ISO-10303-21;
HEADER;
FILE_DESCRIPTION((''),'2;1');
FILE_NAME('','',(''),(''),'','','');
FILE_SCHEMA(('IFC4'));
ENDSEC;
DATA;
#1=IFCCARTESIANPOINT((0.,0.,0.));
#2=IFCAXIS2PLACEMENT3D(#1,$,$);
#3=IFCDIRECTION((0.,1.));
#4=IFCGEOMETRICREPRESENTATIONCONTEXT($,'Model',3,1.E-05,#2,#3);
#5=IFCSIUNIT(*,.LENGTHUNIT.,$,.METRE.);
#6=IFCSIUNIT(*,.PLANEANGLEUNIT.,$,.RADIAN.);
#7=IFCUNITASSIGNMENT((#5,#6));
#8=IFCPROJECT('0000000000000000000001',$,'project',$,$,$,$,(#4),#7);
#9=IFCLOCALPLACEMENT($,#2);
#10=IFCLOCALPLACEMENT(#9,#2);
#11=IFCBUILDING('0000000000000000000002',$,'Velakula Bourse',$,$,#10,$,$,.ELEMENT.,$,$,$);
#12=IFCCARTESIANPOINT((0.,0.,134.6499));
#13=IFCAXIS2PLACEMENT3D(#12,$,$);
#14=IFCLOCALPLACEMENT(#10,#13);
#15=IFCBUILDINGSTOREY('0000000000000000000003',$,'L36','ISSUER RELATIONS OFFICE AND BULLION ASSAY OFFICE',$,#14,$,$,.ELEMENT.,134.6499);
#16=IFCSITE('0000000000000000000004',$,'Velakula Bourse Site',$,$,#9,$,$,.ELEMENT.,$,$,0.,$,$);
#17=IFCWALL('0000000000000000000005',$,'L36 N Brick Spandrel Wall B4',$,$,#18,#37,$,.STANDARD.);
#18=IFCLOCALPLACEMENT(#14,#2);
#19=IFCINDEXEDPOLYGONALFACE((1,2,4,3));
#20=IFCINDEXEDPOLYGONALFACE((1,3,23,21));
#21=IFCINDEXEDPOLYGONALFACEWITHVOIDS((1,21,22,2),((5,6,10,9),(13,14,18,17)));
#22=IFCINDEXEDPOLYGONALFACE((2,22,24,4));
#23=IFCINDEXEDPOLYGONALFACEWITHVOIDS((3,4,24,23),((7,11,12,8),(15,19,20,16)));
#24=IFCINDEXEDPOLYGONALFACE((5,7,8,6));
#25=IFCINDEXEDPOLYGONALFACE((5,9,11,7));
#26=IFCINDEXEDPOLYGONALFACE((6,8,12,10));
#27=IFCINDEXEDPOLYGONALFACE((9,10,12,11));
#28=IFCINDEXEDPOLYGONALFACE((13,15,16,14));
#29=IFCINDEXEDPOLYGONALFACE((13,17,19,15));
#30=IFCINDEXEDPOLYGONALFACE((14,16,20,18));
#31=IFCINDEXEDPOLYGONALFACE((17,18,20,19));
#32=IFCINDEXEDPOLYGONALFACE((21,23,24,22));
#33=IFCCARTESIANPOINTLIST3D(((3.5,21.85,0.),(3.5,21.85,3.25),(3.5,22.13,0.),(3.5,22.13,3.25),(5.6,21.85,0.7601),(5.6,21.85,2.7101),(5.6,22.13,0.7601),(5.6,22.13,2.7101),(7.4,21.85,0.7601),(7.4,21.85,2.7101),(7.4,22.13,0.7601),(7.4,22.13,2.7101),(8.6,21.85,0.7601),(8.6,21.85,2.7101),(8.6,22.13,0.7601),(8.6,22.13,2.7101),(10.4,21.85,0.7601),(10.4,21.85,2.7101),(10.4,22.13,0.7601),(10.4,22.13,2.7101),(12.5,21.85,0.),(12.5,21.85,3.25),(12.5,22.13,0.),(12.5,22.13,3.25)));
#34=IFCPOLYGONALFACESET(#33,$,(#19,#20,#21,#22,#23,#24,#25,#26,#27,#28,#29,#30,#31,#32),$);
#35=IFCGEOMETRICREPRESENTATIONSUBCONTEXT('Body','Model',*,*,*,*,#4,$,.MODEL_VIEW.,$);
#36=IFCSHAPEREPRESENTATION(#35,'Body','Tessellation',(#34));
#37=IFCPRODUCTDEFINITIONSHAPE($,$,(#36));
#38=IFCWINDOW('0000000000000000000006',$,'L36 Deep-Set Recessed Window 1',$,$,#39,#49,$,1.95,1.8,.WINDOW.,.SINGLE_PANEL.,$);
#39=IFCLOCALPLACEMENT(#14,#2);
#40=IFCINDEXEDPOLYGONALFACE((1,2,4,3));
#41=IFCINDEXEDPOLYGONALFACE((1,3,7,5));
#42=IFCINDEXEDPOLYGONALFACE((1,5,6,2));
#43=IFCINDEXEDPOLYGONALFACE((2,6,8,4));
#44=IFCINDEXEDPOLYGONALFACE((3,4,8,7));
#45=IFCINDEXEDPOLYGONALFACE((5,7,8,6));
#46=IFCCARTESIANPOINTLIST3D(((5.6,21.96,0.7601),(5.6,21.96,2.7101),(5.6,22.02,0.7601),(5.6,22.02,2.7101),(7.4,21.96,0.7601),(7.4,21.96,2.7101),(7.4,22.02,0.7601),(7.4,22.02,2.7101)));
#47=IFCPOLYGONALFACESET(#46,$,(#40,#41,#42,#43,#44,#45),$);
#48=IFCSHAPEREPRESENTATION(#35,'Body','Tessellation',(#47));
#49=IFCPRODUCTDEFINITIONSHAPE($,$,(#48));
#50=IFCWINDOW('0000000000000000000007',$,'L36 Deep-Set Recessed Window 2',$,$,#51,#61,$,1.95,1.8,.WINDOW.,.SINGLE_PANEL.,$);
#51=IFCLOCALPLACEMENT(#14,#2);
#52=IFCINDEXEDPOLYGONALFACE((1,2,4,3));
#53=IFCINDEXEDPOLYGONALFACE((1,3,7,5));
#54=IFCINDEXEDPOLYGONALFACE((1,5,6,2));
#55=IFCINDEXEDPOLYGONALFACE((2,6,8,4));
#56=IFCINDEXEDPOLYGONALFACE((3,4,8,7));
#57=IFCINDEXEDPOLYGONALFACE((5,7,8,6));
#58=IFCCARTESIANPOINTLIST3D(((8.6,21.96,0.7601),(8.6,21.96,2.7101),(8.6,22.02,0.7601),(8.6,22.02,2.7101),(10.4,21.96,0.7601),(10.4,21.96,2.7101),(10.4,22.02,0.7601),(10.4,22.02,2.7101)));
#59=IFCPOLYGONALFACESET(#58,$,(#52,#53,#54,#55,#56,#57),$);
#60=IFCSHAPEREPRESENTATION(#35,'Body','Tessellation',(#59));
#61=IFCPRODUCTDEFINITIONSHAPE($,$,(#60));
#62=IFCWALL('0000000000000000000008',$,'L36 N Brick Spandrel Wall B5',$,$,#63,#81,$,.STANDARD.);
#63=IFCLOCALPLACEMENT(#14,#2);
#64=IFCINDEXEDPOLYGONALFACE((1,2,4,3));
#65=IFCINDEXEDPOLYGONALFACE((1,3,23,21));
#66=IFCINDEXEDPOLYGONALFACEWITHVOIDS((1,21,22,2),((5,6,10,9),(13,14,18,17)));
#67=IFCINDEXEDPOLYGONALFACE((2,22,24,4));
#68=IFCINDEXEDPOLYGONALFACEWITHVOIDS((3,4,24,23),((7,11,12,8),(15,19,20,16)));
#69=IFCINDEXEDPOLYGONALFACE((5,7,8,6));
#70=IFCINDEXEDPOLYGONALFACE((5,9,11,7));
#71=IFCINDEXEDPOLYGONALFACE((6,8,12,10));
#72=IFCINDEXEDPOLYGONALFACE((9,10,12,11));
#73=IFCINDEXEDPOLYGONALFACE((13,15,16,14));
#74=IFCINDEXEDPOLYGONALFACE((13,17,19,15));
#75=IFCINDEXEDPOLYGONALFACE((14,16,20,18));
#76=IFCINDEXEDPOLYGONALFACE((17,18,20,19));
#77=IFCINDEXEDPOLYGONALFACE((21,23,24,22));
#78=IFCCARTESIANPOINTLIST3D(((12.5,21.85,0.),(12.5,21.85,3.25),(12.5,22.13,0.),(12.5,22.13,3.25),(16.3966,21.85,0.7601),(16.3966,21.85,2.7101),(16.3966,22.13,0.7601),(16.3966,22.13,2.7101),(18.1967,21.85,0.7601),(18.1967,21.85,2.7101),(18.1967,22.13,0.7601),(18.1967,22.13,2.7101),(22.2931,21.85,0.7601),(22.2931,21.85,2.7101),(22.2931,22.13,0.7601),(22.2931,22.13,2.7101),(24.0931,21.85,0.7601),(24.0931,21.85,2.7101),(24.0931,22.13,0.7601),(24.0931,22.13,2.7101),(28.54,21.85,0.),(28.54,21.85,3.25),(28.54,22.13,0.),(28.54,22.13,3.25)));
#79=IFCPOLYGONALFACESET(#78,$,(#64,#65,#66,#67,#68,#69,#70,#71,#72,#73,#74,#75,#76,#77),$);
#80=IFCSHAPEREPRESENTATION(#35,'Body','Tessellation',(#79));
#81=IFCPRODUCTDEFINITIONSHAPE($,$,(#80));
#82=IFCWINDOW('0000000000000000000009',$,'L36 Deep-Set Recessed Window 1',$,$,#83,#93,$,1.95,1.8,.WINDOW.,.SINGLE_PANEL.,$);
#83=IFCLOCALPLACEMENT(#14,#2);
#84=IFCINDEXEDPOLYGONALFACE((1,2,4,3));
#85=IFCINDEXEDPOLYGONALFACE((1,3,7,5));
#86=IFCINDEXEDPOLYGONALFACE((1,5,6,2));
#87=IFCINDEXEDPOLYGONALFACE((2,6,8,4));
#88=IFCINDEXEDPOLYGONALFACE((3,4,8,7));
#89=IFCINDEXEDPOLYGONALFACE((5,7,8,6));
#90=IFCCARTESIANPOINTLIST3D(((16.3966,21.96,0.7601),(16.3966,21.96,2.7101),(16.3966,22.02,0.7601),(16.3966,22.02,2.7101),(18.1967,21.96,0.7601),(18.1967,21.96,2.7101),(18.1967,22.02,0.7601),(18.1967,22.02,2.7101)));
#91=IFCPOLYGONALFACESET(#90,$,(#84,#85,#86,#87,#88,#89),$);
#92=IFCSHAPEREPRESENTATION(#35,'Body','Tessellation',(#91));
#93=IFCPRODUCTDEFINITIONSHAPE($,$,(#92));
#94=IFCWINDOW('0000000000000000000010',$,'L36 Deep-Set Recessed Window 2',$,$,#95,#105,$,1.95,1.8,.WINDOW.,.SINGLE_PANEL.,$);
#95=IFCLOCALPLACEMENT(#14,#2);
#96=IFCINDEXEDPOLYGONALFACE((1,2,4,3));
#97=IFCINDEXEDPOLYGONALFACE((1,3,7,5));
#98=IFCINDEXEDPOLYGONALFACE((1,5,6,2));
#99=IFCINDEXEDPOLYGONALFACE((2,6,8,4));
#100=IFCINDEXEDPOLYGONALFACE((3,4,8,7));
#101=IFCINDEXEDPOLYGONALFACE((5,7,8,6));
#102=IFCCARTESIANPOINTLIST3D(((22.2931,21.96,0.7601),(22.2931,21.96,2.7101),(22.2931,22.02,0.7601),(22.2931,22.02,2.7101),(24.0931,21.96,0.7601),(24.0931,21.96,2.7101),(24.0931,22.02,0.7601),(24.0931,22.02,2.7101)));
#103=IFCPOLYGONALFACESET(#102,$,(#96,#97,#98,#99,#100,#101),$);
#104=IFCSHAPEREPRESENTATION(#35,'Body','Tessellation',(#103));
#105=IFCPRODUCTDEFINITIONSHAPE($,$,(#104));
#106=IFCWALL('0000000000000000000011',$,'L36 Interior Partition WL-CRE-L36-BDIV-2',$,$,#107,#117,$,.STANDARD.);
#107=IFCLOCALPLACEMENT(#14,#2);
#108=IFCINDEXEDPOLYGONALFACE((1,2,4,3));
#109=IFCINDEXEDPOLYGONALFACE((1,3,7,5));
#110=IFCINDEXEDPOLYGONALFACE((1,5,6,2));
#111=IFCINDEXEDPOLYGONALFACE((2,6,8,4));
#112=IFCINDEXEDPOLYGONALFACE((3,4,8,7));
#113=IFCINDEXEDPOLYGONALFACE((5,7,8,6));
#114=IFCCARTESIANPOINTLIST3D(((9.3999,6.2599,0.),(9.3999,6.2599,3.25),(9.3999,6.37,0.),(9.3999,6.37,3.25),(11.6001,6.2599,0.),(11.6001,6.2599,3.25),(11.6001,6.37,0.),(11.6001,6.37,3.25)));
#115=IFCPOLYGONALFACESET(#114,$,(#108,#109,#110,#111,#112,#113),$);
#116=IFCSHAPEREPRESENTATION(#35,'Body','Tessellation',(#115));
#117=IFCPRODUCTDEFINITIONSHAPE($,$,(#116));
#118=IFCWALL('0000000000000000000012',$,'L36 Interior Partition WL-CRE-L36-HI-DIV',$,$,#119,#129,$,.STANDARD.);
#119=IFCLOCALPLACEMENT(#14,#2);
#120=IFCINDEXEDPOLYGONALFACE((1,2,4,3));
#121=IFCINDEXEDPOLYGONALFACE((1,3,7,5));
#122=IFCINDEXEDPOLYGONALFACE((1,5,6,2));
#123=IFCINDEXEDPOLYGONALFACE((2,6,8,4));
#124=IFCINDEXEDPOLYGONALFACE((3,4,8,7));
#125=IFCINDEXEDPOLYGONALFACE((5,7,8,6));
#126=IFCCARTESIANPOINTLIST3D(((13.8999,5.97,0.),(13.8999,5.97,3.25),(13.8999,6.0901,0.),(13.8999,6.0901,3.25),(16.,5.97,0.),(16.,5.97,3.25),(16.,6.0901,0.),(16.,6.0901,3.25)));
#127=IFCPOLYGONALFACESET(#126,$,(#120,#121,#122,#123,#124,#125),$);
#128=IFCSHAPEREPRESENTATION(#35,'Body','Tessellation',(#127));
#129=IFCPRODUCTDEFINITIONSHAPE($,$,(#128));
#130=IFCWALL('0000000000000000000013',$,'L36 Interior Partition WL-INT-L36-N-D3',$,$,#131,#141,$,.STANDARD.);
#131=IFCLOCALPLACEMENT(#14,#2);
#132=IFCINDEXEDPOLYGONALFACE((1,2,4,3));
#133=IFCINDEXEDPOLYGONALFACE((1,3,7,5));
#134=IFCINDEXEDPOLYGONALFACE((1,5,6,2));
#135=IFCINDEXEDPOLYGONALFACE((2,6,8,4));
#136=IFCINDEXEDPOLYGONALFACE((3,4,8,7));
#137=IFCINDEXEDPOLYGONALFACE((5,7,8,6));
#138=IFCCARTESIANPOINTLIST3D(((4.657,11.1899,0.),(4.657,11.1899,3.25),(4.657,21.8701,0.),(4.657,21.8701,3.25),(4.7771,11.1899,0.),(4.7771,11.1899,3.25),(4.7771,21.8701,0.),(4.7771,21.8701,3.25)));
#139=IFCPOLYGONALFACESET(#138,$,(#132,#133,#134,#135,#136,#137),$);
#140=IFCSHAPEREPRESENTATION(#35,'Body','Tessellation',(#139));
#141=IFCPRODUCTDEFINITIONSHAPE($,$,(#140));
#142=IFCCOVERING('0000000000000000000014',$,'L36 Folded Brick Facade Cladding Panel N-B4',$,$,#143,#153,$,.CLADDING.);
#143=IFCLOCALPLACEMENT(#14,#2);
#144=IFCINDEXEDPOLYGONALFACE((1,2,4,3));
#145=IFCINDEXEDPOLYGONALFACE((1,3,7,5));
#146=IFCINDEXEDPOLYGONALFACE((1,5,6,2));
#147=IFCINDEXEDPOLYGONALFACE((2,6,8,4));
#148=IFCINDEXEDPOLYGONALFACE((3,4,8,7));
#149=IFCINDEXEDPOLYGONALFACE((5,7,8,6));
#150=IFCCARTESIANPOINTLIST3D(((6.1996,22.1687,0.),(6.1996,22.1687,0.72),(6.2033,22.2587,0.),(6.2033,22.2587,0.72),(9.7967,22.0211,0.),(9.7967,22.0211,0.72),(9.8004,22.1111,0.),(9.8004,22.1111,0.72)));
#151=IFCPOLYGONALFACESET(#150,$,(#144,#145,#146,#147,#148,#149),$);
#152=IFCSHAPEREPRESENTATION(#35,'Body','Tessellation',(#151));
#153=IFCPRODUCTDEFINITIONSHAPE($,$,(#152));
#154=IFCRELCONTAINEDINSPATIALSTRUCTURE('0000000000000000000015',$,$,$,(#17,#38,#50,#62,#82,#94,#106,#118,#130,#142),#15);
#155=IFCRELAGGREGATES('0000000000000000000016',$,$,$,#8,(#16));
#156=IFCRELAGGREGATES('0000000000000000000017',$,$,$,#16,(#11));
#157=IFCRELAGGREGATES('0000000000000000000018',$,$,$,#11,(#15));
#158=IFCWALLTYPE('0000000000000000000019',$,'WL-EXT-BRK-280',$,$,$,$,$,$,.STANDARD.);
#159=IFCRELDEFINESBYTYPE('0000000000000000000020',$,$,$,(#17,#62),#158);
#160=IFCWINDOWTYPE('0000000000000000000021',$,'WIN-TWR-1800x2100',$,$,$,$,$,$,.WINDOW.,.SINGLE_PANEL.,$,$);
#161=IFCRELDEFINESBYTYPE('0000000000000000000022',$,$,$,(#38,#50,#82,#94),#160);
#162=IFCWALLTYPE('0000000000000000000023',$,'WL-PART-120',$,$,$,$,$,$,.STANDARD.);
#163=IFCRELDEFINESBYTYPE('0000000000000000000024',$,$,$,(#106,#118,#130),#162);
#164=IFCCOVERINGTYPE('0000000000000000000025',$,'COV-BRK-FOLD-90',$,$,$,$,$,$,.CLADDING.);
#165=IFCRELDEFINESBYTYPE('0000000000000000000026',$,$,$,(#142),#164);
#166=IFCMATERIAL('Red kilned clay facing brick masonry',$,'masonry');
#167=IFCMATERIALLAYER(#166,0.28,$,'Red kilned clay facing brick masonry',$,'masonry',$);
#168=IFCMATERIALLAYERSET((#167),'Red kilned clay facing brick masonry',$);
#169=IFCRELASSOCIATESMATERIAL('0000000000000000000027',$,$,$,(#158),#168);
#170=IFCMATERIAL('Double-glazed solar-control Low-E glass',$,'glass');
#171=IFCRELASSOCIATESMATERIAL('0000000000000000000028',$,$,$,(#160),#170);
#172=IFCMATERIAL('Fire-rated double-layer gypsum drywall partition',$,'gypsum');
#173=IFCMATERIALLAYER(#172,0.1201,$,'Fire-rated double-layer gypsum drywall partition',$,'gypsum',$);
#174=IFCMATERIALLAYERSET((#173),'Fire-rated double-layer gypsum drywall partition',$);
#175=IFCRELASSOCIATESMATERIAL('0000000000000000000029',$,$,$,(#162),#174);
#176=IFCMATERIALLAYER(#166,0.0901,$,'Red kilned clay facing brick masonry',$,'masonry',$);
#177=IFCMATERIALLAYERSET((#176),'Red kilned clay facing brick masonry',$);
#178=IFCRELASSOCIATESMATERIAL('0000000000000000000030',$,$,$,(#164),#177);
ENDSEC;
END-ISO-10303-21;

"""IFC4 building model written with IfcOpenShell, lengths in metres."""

from ifc_helpers import new_model, si_unit, direction, frame, frame_2d, origin, origin_2d, place, context, subcontext, project, spatial, rectangle, extrude, material, layer, layer_set, type_object, element, fill, save


model = new_model("IFC4")

# Units and contexts
model_context = context("Model", 3, precision=1e-05, world=origin(), true_north=direction((0.0, 1.0)))
body_context = subcontext(model_context, "Body", "Model", "MODEL_VIEW")
ifc_project = project(units=[si_unit("LENGTHUNIT", "METRE"), si_unit("PLANEANGLEUNIT", "RADIAN")], contexts=[model_context])

# Site, building, storey
site_placement = place(None, origin())
site = spatial("IfcSite", under=ifc_project, at=site_placement, Name="Velakula Bourse Site", CompositionType="ELEMENT", RefElevation=0.0)
building_placement = place(site_placement, origin())
building = spatial("IfcBuilding", under=site, at=building_placement, Name="Velakula Bourse", CompositionType="ELEMENT")
storey_placement = place(building_placement, frame((0.0, 0.0, 134.6499)))
storey = spatial("IfcBuildingStorey", under=building, at=storey_placement, Name="L36", Description="ISSUER RELATIONS OFFICE AND BULLION ASSAY OFFICE", CompositionType="ELEMENT", Elevation=134.6499)

# Walls, openings, windows
ifc_material_1 = material(Name="Red kilned clay facing brick masonry", Category="masonry")
ifc_layer_1 = layer(ifc_material_1, 0.28, Name="Red kilned clay facing brick masonry", Category="masonry")
ifc_layer_set_1 = layer_set([ifc_layer_1], Name="Red kilned clay facing brick masonry")
wall_type_1 = type_object("IfcWallType", Name="WL-EXT-BRK-280", PredefinedType="STANDARD", material=ifc_layer_set_1)
wall_1_placement = place(storey_placement, frame((3.5, 21.99, 0.0), z_axis=(0.0, 0.0, 1.0), x_axis=(1.0, 0.0, 0.0)))
wall_1 = element("IfcWall", 1, at=wall_1_placement, inside=storey, type_object=wall_type_1, Name="L36 N Brick Spandrel Wall B4", PredefinedType="STANDARD", context=body_context, shape_type="SweptSolid", body=[
    extrude(rectangle(XDim=9.0, YDim=0.28, at=frame_2d((4.5, 0.0))), origin(), (0.0, 0.0, 1.0), 3.25),
])
opening_1_placement = place(wall_1_placement, frame((2.1001, 0.0, 0.76)))
opening_1 = element("IfcOpeningElement", 2, at=opening_1_placement, cuts=wall_1, PredefinedType="OPENING", context=body_context, shape_type="SweptSolid", body=[
    extrude(rectangle(XDim=1.8, YDim=1.95, at=frame_2d((0.8999, 0.9751))), frame((0.0, 0.1499, 0.0), z_axis=(0.0, -1.0, 0.0), x_axis=(1.0, 0.0, 0.0)), (0.0, 0.0, 1.0), 0.3),
])
opening_2_placement = place(wall_1_placement, frame((5.1001, 0.0, 0.76)))
opening_2 = element("IfcOpeningElement", 3, at=opening_2_placement, cuts=wall_1, PredefinedType="OPENING", context=body_context, shape_type="SweptSolid", body=[
    extrude(rectangle(XDim=1.8, YDim=1.95, at=frame_2d((0.8999, 0.9751))), frame((0.0, 0.1499, 0.0), z_axis=(0.0, -1.0, 0.0), x_axis=(1.0, 0.0, 0.0)), (0.0, 0.0, 1.0), 0.3),
])
ifc_material_2 = material(Name="Double-glazed solar-control Low-E glass", Category="glass")
window_type = type_object("IfcWindowType", Name="WIN-TWR-1800x2100", PartitioningType="SINGLE_PANEL", PredefinedType="WINDOW", material=ifc_material_2)
window_1_placement = place(opening_1_placement, origin())
window_1 = element("IfcWindow", 4, at=window_1_placement, inside=storey, type_object=window_type, Name="L36 Deep-Set Recessed Window 1", OverallHeight=1.95, OverallWidth=1.8, PartitioningType="SINGLE_PANEL", PredefinedType="WINDOW", context=body_context, shape_type="SweptSolid", body=[
    extrude(rectangle(XDim=1.8, YDim=1.95, at=frame_2d((0.8999, 0.9751))), frame((0.0, 0.03, 0.0), z_axis=(0.0, -1.0, 0.0), x_axis=(1.0, 0.0, 0.0)), (0.0, 0.0, 1.0), 0.0601),
])
fill(opening_1, window_1)
window_2_placement = place(opening_2_placement, origin())
window_2 = element("IfcWindow", 5, at=window_2_placement, inside=storey, type_object=window_type, Name="L36 Deep-Set Recessed Window 2", OverallHeight=1.95, OverallWidth=1.8, PartitioningType="SINGLE_PANEL", PredefinedType="WINDOW", context=body_context, shape_type="SweptSolid", body=[
    extrude(rectangle(XDim=1.8, YDim=1.95, at=frame_2d((0.8999, 0.9751))), frame((0.0, 0.03, 0.0), z_axis=(0.0, -1.0, 0.0), x_axis=(1.0, 0.0, 0.0)), (0.0, 0.0, 1.0), 0.0601),
])
fill(opening_2, window_2)
wall_2_placement = place(storey_placement, frame((12.5, 21.99, 0.0), z_axis=(0.0, 0.0, 1.0), x_axis=(1.0, 0.0, 0.0)))
wall_2 = element("IfcWall", 6, at=wall_2_placement, inside=storey, type_object=wall_type_1, Name="L36 N Brick Spandrel Wall B5", PredefinedType="STANDARD", context=body_context, shape_type="SweptSolid", body=[
    extrude(rectangle(XDim=16.04, YDim=0.28, at=frame_2d((8.02, 0.0))), origin(), (0.0, 0.0, 1.0), 3.25),
])
opening_3_placement = place(wall_2_placement, frame((3.8967, 0.0, 0.76)))
opening_3 = element("IfcOpeningElement", 7, at=opening_3_placement, cuts=wall_2, PredefinedType="OPENING", context=body_context, shape_type="SweptSolid", body=[
    extrude(rectangle(XDim=1.8, YDim=1.95, at=frame_2d((0.8999, 0.9751))), frame((0.0, 0.1499, 0.0), z_axis=(0.0, -1.0, 0.0), x_axis=(1.0, 0.0, 0.0)), (0.0, 0.0, 1.0), 0.3),
])
opening_4_placement = place(wall_2_placement, frame((9.7932, 0.0, 0.76)))
opening_4 = element("IfcOpeningElement", 8, at=opening_4_placement, cuts=wall_2, PredefinedType="OPENING", context=body_context, shape_type="SweptSolid", body=[
    extrude(rectangle(XDim=1.8, YDim=1.95, at=frame_2d((0.8999, 0.9751))), frame((0.0, 0.1499, 0.0), z_axis=(0.0, -1.0, 0.0), x_axis=(1.0, 0.0, 0.0)), (0.0, 0.0, 1.0), 0.3),
])
window_3_placement = place(opening_3_placement, origin())
window_3 = element("IfcWindow", 9, at=window_3_placement, inside=storey, type_object=window_type, Name="L36 Deep-Set Recessed Window 1", OverallHeight=1.95, OverallWidth=1.8, PartitioningType="SINGLE_PANEL", PredefinedType="WINDOW", context=body_context, shape_type="SweptSolid", body=[
    extrude(rectangle(XDim=1.8, YDim=1.95, at=frame_2d((0.8999, 0.9751))), frame((0.0, 0.03, 0.0), z_axis=(0.0, -1.0, 0.0), x_axis=(1.0, 0.0, 0.0)), (0.0, 0.0, 1.0), 0.0601),
])
fill(opening_3, window_3)
window_4_placement = place(opening_4_placement, origin())
window_4 = element("IfcWindow", 10, at=window_4_placement, inside=storey, type_object=window_type, Name="L36 Deep-Set Recessed Window 2", OverallHeight=1.95, OverallWidth=1.8, PartitioningType="SINGLE_PANEL", PredefinedType="WINDOW", context=body_context, shape_type="SweptSolid", body=[
    extrude(rectangle(XDim=1.8, YDim=1.95, at=frame_2d((0.8999, 0.9751))), frame((0.0, 0.03, 0.0), z_axis=(0.0, -1.0, 0.0), x_axis=(1.0, 0.0, 0.0)), (0.0, 0.0, 1.0), 0.0601),
])
fill(opening_4, window_4)

# Walls
ifc_material_3 = material(Name="Fire-rated double-layer gypsum drywall partition", Category="gypsum")
ifc_layer_2 = layer(ifc_material_3, 0.1201, Name="Fire-rated double-layer gypsum drywall partition", Category="gypsum")
ifc_layer_set_2 = layer_set([ifc_layer_2], Name="Fire-rated double-layer gypsum drywall partition")
wall_type_2 = type_object("IfcWallType", Name="WL-PART-120", PredefinedType="STANDARD", material=ifc_layer_set_2)
wall_3_placement = place(storey_placement, frame((9.3999, 6.3149, 0.0), z_axis=(0.0, 0.0, 1.0), x_axis=(1.0, 0.0, 0.0)))
element("IfcWall", 11, at=wall_3_placement, inside=storey, type_object=wall_type_2, Name="L36 Interior Partition WL-CRE-L36-BDIV-2", PredefinedType="STANDARD", context=body_context, shape_type="SweptSolid", body=[
    extrude(rectangle(XDim=2.2002, YDim=0.1101, at=frame_2d((1.1001, 0.0))), origin(), (0.0, 0.0, 1.0), 3.25),
])
wall_4_placement = place(storey_placement, frame((13.8999, 6.03, 0.0), z_axis=(0.0, 0.0, 1.0), x_axis=(1.0, 0.0, 0.0)))
element("IfcWall", 12, at=wall_4_placement, inside=storey, type_object=wall_type_2, Name="L36 Interior Partition WL-CRE-L36-HI-DIV", PredefinedType="STANDARD", context=body_context, shape_type="SweptSolid", body=[
    extrude(rectangle(XDim=2.1001, YDim=0.1201, at=frame_2d((1.05, 0.0))), origin(), (0.0, 0.0, 1.0), 3.25),
])
wall_5_placement = place(storey_placement, frame((4.717, 11.1899, 0.0), z_axis=(0.0, 0.0, 1.0), x_axis=(0.0, 1.0, 0.0)))
element("IfcWall", 13, at=wall_5_placement, inside=storey, type_object=wall_type_2, Name="L36 Interior Partition WL-INT-L36-N-D3", PredefinedType="STANDARD", context=body_context, shape_type="SweptSolid", body=[
    extrude(rectangle(XDim=10.6802, YDim=0.1201, at=frame_2d((5.3401, 0.0))), origin(), (0.0, 0.0, 1.0), 3.25),
])

# Covering
ifc_layer_3 = layer(ifc_material_1, 0.0901, Name="Red kilned clay facing brick masonry", Category="masonry")
ifc_layer_set_3 = layer_set([ifc_layer_3], Name="Red kilned clay facing brick masonry")
covering_type = type_object("IfcCoveringType", Name="COV-BRK-FOLD-90", PredefinedType="CLADDING", material=ifc_layer_set_3)
covering_placement = place(storey_placement, frame((8.0, 22.1399, 0.0), z_axis=(0.0, 0.0, 1.0), x_axis=(0.999159, -0.041004, 0.0)))
element("IfcCovering", 14, at=covering_placement, inside=storey, type_object=covering_type, Name="L36 Folded Brick Facade Cladding Panel N-B4", PredefinedType="CLADDING", context=body_context, shape_type="SweptSolid", body=[
    extrude(rectangle(XDim=3.6001, YDim=0.0901, at=origin_2d()), origin(), (0.0, 0.0, 1.0), 0.72),
])

save(model, "model.ifc")
